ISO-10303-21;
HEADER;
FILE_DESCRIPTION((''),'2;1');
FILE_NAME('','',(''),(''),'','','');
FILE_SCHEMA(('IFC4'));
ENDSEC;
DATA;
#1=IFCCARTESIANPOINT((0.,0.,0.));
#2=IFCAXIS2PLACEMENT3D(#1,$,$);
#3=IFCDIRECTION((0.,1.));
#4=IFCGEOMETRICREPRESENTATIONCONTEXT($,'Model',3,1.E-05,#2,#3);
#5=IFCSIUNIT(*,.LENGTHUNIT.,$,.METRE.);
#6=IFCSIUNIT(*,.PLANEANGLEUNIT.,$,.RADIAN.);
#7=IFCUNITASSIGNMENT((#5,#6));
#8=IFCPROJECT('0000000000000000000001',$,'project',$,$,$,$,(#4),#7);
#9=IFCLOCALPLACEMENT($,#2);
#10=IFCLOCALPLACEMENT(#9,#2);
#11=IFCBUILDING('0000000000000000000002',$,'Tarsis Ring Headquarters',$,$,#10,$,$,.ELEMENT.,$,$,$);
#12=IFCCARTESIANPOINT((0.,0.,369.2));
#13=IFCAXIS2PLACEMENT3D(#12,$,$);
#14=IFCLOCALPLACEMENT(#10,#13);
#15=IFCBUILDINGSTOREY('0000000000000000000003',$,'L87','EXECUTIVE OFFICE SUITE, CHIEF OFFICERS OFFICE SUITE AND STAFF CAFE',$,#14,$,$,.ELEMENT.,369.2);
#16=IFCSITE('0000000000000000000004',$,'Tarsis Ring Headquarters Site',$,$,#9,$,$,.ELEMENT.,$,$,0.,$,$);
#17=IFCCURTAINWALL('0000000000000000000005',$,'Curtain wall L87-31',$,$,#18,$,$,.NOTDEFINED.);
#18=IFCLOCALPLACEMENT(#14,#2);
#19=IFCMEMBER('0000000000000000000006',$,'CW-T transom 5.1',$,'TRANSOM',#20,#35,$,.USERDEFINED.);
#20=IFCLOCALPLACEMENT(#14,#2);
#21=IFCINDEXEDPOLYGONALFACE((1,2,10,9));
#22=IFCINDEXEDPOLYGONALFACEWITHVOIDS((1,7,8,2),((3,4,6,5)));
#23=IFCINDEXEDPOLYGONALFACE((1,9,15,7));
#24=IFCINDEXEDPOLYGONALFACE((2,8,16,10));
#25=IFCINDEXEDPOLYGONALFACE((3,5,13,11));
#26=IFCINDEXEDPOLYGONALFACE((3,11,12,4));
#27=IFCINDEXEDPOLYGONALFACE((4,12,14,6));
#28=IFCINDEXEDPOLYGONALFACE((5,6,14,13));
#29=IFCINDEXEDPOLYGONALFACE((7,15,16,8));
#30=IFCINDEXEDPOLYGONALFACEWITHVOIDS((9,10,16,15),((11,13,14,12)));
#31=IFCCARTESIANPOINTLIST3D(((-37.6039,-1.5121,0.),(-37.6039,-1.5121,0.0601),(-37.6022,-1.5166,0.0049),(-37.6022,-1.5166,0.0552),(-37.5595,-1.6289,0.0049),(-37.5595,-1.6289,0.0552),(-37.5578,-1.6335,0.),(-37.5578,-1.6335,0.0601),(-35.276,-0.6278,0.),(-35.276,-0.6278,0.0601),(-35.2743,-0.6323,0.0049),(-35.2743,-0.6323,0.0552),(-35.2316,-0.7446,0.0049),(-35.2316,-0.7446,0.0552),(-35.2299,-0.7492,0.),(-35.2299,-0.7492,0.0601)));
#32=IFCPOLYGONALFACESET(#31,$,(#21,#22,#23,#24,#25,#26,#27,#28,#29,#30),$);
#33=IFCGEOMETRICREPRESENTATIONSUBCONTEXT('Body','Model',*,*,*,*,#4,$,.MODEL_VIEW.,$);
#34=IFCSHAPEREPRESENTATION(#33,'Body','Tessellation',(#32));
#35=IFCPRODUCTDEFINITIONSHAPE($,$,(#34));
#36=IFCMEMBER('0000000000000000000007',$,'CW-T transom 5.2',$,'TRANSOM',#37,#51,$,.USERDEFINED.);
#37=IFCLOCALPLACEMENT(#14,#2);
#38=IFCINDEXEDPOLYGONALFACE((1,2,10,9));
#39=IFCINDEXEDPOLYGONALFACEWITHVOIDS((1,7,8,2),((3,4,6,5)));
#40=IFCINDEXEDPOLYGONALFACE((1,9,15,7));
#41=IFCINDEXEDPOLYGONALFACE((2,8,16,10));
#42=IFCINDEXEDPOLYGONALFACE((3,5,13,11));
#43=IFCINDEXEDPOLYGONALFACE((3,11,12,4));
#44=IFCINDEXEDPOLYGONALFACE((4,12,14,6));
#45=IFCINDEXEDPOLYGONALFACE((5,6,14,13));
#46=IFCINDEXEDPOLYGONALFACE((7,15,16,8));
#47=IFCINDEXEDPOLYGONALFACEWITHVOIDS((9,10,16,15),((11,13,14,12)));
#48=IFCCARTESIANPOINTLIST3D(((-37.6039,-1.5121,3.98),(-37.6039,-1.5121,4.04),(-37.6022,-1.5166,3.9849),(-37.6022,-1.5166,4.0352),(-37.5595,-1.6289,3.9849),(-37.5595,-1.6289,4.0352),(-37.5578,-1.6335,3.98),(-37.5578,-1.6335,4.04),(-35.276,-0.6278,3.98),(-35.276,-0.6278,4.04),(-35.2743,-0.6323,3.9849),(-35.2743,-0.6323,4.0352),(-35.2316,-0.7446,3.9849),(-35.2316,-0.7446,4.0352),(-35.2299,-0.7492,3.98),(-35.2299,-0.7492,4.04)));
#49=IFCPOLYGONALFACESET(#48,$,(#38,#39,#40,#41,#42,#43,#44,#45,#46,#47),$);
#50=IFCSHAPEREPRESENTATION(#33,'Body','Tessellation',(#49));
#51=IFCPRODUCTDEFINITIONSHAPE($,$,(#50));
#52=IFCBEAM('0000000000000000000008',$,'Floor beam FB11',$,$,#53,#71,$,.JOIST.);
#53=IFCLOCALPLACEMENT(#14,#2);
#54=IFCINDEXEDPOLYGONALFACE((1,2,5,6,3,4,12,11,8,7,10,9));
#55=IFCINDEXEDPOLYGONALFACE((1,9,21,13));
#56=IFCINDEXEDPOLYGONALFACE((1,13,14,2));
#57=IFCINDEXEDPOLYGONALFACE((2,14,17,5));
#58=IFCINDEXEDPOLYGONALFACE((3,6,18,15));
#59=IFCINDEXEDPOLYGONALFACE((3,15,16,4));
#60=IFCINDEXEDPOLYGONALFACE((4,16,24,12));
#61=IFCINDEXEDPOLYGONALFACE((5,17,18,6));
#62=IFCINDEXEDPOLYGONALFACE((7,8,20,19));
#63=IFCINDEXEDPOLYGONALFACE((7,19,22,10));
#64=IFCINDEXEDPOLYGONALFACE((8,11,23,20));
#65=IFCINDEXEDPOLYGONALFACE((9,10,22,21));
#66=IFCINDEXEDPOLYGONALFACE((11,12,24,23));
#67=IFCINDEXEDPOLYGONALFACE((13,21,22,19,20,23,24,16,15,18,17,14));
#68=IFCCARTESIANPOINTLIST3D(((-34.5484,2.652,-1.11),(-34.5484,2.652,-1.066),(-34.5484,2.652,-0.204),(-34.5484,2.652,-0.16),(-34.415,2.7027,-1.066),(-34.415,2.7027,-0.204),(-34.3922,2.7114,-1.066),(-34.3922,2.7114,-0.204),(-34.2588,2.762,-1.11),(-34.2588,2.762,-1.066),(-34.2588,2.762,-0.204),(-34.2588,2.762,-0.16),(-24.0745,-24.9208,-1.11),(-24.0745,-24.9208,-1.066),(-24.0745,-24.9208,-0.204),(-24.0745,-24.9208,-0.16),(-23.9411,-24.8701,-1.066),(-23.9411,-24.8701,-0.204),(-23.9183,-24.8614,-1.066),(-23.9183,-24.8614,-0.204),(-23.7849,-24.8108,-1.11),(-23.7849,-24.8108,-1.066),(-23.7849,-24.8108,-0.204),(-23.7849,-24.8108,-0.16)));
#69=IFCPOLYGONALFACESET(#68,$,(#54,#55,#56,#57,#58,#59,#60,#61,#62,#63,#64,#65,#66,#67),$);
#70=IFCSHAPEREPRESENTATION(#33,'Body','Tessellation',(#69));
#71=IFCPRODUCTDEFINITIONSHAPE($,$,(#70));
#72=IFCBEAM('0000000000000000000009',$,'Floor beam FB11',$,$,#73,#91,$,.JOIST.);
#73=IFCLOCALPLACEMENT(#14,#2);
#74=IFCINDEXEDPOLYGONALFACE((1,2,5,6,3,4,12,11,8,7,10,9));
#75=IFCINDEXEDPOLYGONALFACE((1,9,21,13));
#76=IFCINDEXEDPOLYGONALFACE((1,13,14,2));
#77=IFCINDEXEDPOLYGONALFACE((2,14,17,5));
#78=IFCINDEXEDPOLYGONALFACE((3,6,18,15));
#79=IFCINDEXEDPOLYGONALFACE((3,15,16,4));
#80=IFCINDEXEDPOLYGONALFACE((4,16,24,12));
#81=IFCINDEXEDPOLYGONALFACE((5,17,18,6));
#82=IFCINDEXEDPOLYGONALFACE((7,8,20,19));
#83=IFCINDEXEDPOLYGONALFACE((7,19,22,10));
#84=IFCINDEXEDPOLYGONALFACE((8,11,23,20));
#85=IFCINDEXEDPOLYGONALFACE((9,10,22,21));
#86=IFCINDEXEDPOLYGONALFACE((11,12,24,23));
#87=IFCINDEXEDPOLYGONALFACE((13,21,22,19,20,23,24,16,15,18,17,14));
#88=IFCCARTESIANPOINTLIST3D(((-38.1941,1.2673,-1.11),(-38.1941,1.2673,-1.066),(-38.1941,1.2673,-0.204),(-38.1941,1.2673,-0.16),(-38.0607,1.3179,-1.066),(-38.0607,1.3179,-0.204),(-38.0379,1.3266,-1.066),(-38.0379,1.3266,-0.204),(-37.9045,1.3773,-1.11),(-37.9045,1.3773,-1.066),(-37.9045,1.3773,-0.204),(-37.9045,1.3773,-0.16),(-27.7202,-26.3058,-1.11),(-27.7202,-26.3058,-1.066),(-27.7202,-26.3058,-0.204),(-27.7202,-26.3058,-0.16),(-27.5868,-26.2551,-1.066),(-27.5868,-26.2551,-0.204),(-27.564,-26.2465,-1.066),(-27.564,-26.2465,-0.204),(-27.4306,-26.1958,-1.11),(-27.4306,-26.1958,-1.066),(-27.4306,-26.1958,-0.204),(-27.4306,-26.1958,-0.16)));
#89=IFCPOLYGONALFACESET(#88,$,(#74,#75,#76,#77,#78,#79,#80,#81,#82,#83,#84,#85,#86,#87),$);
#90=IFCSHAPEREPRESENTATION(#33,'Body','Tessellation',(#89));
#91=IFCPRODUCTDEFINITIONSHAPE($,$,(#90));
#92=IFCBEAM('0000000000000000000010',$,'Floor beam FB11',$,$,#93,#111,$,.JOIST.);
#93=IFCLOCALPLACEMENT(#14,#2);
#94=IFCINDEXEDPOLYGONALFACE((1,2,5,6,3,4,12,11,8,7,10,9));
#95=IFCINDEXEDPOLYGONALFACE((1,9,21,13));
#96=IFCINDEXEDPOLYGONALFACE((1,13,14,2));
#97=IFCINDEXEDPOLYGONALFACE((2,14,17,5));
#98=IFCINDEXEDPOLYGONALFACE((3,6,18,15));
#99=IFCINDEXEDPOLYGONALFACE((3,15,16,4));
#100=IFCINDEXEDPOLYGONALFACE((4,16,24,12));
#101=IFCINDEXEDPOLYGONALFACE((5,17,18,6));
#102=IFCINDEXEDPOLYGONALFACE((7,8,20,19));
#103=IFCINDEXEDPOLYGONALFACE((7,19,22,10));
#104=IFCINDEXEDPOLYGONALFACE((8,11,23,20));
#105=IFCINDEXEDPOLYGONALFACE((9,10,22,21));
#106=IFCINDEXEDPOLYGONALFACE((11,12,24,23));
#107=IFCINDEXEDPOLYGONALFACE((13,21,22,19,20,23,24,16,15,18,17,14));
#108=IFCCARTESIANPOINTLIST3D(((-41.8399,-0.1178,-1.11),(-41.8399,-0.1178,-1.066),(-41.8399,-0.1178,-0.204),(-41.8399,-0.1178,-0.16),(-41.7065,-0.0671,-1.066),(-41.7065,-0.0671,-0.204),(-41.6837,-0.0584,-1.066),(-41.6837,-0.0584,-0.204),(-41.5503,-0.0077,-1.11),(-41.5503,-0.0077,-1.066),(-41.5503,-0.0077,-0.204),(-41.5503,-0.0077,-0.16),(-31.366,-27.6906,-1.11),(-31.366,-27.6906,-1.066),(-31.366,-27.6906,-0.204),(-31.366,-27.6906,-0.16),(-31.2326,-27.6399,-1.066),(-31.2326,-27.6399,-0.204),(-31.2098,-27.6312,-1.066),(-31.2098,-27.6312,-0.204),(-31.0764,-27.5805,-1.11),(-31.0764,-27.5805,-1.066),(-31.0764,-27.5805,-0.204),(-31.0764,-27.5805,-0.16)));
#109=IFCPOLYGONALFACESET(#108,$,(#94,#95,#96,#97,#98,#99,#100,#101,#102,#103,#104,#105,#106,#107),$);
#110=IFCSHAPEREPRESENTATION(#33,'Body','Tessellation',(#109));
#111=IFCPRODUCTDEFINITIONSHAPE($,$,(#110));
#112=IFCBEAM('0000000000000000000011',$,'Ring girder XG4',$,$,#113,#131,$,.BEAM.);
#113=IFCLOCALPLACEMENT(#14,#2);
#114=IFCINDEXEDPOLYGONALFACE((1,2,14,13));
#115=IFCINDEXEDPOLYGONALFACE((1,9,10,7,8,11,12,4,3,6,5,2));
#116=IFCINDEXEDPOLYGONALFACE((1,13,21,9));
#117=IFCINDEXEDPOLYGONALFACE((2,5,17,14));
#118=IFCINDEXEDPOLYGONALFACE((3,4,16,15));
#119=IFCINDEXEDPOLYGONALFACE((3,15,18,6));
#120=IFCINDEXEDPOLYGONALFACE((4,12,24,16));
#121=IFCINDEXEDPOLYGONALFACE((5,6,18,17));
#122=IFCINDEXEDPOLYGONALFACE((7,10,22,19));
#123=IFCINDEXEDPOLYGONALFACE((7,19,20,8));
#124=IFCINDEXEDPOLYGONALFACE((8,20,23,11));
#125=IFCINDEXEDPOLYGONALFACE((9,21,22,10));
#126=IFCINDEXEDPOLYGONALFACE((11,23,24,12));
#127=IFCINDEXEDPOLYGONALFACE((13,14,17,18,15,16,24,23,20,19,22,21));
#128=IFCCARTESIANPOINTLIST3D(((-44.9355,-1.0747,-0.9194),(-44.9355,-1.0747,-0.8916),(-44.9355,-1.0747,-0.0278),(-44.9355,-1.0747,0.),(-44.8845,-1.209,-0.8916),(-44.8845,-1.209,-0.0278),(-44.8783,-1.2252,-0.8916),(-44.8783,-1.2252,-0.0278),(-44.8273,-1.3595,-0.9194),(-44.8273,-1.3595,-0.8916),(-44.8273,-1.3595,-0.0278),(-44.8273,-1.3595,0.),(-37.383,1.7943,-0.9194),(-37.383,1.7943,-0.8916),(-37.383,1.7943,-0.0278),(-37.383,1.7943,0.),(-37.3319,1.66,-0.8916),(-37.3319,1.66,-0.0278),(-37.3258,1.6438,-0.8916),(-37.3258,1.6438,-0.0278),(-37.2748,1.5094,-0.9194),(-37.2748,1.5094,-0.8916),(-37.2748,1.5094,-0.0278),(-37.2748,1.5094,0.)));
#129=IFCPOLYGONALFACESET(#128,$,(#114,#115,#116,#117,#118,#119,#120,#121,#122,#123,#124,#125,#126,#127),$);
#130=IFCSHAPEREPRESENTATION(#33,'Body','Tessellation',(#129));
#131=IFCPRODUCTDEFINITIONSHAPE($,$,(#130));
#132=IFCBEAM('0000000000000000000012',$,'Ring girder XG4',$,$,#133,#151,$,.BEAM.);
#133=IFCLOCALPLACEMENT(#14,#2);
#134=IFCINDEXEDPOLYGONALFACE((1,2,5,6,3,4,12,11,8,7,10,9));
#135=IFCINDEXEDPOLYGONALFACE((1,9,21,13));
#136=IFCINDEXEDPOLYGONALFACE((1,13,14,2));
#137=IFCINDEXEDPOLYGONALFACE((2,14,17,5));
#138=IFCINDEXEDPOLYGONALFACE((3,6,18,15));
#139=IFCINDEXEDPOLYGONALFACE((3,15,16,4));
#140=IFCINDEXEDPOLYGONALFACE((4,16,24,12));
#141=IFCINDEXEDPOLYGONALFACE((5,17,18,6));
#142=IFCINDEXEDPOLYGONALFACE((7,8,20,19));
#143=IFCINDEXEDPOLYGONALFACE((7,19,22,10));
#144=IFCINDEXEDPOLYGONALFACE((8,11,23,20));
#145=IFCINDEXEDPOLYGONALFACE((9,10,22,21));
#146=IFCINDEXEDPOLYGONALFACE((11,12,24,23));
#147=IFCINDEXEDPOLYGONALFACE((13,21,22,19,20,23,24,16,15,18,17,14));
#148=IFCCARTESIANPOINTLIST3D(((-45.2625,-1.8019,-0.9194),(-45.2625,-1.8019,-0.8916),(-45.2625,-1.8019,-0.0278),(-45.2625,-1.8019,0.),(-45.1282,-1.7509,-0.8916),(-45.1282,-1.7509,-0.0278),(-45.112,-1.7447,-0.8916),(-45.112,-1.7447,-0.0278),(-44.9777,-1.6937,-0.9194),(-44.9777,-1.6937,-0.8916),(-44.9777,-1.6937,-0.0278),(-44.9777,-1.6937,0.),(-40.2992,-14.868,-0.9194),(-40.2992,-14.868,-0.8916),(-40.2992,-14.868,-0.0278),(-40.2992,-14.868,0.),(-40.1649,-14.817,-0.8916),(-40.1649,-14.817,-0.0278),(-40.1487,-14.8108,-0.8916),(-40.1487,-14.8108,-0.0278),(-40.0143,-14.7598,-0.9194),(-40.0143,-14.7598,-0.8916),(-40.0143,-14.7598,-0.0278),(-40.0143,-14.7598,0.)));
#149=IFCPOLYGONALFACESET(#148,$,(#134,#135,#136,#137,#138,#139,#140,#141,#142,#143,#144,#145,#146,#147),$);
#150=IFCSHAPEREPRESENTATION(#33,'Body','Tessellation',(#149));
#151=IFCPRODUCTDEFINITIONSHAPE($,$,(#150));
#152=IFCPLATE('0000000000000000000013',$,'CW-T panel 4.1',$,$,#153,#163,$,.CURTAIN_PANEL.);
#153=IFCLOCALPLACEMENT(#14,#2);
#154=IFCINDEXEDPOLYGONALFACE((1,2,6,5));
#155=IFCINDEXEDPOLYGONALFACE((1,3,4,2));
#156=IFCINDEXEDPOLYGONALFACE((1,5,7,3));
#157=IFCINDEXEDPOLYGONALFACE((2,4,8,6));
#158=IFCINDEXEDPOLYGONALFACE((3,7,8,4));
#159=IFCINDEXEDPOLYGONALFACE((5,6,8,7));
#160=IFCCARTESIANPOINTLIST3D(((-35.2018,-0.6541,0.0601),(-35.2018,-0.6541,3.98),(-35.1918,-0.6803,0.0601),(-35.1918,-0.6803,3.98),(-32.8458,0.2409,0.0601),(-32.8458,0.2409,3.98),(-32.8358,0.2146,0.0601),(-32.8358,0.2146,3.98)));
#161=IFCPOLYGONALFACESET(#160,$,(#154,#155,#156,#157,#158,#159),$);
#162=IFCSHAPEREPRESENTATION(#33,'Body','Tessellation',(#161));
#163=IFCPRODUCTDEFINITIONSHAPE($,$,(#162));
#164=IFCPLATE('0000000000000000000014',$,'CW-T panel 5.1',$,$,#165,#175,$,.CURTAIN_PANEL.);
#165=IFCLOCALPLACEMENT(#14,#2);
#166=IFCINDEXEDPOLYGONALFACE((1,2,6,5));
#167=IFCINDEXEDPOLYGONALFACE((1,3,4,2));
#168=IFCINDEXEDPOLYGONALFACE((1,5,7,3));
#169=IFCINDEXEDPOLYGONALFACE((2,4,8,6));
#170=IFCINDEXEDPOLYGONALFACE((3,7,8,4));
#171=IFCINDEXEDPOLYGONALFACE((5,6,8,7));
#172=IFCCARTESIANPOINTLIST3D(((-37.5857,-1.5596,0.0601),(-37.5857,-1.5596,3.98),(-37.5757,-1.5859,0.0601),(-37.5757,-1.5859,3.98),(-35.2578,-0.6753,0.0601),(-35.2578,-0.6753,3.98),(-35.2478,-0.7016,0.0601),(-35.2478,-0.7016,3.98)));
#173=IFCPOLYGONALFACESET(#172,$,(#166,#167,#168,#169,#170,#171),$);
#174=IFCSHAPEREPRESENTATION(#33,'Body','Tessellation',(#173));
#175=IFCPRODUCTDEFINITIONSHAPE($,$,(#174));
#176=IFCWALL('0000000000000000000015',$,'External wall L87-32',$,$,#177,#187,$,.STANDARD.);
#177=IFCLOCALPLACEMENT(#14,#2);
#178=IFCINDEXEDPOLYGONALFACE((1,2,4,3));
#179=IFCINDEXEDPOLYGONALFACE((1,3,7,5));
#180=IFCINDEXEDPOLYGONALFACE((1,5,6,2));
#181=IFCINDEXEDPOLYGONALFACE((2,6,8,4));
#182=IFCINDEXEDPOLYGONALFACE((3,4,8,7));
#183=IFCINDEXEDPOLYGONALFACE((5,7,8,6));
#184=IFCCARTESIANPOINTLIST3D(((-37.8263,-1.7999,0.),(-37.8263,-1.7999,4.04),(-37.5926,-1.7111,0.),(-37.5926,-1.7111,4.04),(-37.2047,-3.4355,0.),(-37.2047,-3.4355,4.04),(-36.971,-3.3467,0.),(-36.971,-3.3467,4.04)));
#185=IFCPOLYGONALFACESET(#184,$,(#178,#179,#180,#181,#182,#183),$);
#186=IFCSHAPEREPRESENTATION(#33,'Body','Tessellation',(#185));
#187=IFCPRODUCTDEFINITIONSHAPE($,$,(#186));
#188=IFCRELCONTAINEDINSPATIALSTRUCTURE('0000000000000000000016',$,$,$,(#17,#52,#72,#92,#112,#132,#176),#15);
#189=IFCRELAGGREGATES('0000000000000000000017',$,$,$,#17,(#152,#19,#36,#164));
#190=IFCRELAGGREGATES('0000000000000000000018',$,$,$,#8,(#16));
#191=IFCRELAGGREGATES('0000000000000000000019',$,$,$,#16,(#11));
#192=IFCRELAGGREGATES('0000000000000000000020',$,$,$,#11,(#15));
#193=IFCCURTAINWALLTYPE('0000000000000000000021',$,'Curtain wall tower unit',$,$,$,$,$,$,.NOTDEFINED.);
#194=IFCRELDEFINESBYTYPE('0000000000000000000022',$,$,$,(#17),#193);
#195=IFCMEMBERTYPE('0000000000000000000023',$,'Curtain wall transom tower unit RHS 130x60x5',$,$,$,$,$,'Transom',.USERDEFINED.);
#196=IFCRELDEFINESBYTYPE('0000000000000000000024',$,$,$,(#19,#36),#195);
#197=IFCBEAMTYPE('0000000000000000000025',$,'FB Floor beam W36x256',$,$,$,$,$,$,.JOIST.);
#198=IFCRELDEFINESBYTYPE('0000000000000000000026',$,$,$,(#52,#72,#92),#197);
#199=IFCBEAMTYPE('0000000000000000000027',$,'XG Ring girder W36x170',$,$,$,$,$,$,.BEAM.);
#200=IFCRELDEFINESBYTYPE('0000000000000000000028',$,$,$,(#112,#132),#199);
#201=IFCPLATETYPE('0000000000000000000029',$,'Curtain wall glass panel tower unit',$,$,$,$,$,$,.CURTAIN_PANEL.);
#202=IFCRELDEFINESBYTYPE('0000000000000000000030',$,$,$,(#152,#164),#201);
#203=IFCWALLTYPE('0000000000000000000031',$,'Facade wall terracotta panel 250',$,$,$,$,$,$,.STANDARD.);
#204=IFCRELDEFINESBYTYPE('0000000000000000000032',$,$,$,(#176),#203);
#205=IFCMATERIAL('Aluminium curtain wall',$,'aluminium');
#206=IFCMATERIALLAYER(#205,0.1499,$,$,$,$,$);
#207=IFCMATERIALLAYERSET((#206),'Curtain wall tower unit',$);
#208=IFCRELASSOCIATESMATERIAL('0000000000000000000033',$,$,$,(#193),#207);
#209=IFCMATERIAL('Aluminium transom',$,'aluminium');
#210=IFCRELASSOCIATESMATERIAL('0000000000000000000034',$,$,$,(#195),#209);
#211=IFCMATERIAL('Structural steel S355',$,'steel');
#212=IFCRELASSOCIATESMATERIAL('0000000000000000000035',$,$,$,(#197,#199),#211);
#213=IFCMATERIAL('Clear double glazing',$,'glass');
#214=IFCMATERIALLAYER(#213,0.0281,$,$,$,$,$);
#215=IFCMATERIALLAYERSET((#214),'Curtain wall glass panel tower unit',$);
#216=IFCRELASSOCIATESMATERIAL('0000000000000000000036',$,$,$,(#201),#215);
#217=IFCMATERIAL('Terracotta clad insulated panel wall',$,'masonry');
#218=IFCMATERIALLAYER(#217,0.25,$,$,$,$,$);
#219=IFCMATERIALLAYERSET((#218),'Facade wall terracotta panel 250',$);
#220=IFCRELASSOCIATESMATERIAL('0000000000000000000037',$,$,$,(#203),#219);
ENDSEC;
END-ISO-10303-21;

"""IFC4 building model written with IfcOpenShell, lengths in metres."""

from ifc_helpers import new_model, si_unit, direction, frame, frame_2d, origin, origin_2d, place, context, subcontext, project, spatial, rectangle, hollow_rectangle, i_section, extrude, material, layer, layer_set, material_profile, profile_set, type_object, element, aggregate, save


model = new_model("IFC4")

# Units and contexts
model_context = context("Model", 3, precision=1e-05, world=origin(), true_north=direction((0.0, 1.0)))
body_context = subcontext(model_context, "Body", "Model", "MODEL_VIEW")
ifc_project = project(units=[si_unit("LENGTHUNIT", "METRE"), si_unit("PLANEANGLEUNIT", "RADIAN")], contexts=[model_context])

# Site, building, storey
site_placement = place(None, origin())
site = spatial("IfcSite", under=ifc_project, at=site_placement, Name="Tarsis Ring Headquarters Site", CompositionType="ELEMENT", RefElevation=0.0)
building_placement = place(site_placement, origin())
building = spatial("IfcBuilding", under=site, at=building_placement, Name="Tarsis Ring Headquarters", CompositionType="ELEMENT")
storey_placement = place(building_placement, frame((0.0, 0.0, 369.2)))
storey = spatial("IfcBuildingStorey", under=building, at=storey_placement, Name="L87", Description="EXECUTIVE OFFICE SUITE, CHIEF OFFICERS OFFICE SUITE AND STAFF CAFE", CompositionType="ELEMENT", Elevation=369.2)

# Shared definitions
ifc_material_1 = material(Name="Structural steel S355", Category="steel")

# Curtain wall, members
ifc_material_2 = material(Name="Aluminium curtain wall", Category="aluminium")
ifc_layer_1 = layer(ifc_material_2, 0.1499)
ifc_layer_set_1 = layer_set([ifc_layer_1], Name="Curtain wall tower unit")
curtain_wall_type = type_object("IfcCurtainWallType", Name="Curtain wall tower unit", PredefinedType="NOTDEFINED", material=ifc_layer_set_1)
curtain_wall_placement = place(storey_placement, origin())
curtain_wall = element("IfcCurtainWall", 1, at=curtain_wall_placement, inside=storey, type_object=curtain_wall_type, Name="Curtain wall L87-31", PredefinedType="NOTDEFINED")
ifc_material_3 = material(Name="Aluminium transom", Category="aluminium")
ifc_material_profile_1 = material_profile(ifc_material_3, hollow_rectangle(XDim=0.1299, YDim=0.0601, WallThickness=0.0049, at=origin_2d()), Name="RHS 130x60x5")
ifc_profile_set_1 = profile_set([ifc_material_profile_1], Name="Aluminium transom")
member_type_1 = type_object("IfcMemberType", Name="Curtain wall transom tower unit RHS 130x60x5", ElementType="Transom", PredefinedType="USERDEFINED", material=ifc_profile_set_1)
member_1_placement = place(storey_placement, frame((-35.2529, -0.6885, 0.03), z_axis=(-0.934826, -0.355106, 0.0), x_axis=(0.355106, -0.934826, 0.0)))
member_1 = element("IfcMember", 2, at=member_1_placement, type_object=member_type_1, Name="CW-T transom 5.1", ObjectType="TRANSOM", PredefinedType="USERDEFINED", context=body_context, shape_type="SweptSolid", body=[
    extrude(hollow_rectangle(XDim=0.1299, YDim=0.0601, WallThickness=0.0049, at=origin_2d()), origin(), (0.0, 0.0, 1.0), 2.4902),
])
member_2_placement = place(storey_placement, frame((-35.2529, -0.6885, 4.01), z_axis=(-0.934826, -0.355106, 0.0), x_axis=(0.355106, -0.934826, 0.0)))
member_2 = element("IfcMember", 3, at=member_2_placement, type_object=member_type_1, Name="CW-T transom 5.2", ObjectType="TRANSOM", PredefinedType="USERDEFINED", context=body_context, shape_type="SweptSolid", body=[
    extrude(hollow_rectangle(XDim=0.1299, YDim=0.0601, WallThickness=0.0049, at=origin_2d()), origin(), (0.0, 0.0, 1.0), 2.4902),
])

# Beams
ifc_material_profile_2 = material_profile(ifc_material_1, i_section(OverallWidth=0.3098, OverallDepth=0.95, WebThickness=0.0244, FlangeThickness=0.0439, at=origin_2d()), Name="W36x256")
ifc_profile_set_2 = profile_set([ifc_material_profile_2], Name="Structural steel S355")
beam_type_1 = type_object("IfcBeamType", Name="FB Floor beam W36x256", PredefinedType="JOIST", material=ifc_profile_set_2)
beam_1_placement = place(storey_placement, frame((-34.4036, 2.707, -0.635), z_axis=(0.355106, -0.934826, 0.0), x_axis=(0.934826, 0.355106, 0.0)))
element("IfcBeam", 4, at=beam_1_placement, inside=storey, type_object=beam_type_1, Name="Floor beam FB11", PredefinedType="JOIST", context=body_context, shape_type="SweptSolid", body=[
    extrude(i_section(OverallWidth=0.3098, OverallDepth=0.95, WebThickness=0.0244, FlangeThickness=0.0439, at=origin_2d()), origin(), (0.0, 0.0, 1.0), 29.4951),
])
beam_2_placement = place(storey_placement, frame((-38.0493, 1.3223, -0.635), z_axis=(0.355103, -0.934827, 0.0), x_axis=(0.934827, 0.355103, 0.0)))
element("IfcBeam", 5, at=beam_2_placement, inside=storey, type_object=beam_type_1, Name="Floor beam FB11", PredefinedType="JOIST", context=body_context, shape_type="SweptSolid", body=[
    extrude(i_section(OverallWidth=0.3098, OverallDepth=0.95, WebThickness=0.0244, FlangeThickness=0.0439, at=origin_2d()), origin(), (0.0, 0.0, 1.0), 29.4954),
])
beam_3_placement = place(storey_placement, frame((-41.6951, -0.0627, -0.635), z_axis=(0.355106, -0.934826, 0.0), x_axis=(0.934826, 0.355106, 0.0)))
element("IfcBeam", 6, at=beam_3_placement, inside=storey, type_object=beam_type_1, Name="Floor beam FB11", PredefinedType="JOIST", context=body_context, shape_type="SweptSolid", body=[
    extrude(i_section(OverallWidth=0.3098, OverallDepth=0.95, WebThickness=0.0244, FlangeThickness=0.0439, at=origin_2d()), origin(), (0.0, 0.0, 1.0), 29.4951),
])
ifc_material_profile_3 = material_profile(ifc_material_1, i_section(OverallWidth=0.3047, OverallDepth=0.9194, WebThickness=0.0173, FlangeThickness=0.0278, at=origin_2d()), Name="W36x170")
ifc_profile_set_3 = profile_set([ifc_material_profile_3], Name="Structural steel S355")
beam_type_2 = type_object("IfcBeamType", Name="XG Ring girder W36x170", PredefinedType="BEAM", material=ifc_profile_set_3)
beam_4_placement = place(storey_placement, frame((-37.3289, 1.6519, -0.4597), z_axis=(-0.934827, -0.355104, 0.0), x_axis=(0.355104, -0.934827, 0.0)))
element("IfcBeam", 7, at=beam_4_placement, inside=storey, type_object=beam_type_2, Name="Ring girder XG4", PredefinedType="BEAM", context=body_context, shape_type="SweptSolid", body=[
    extrude(i_section(OverallWidth=0.3047, OverallDepth=0.9194, WebThickness=0.0173, FlangeThickness=0.0278, at=origin_2d()), origin(), (0.0, 0.0, 1.0), 8.0791),
])
beam_5_placement = place(storey_placement, frame((-45.1201, -1.7478, -0.4597), z_axis=(0.355108, -0.934825, 0.0), x_axis=(0.934825, 0.355108, 0.0)))
element("IfcBeam", 8, at=beam_5_placement, inside=storey, type_object=beam_type_2, Name="Ring girder XG4", PredefinedType="BEAM", context=body_context, shape_type="SweptSolid", body=[
    extrude(i_section(OverallWidth=0.3047, OverallDepth=0.9194, WebThickness=0.0173, FlangeThickness=0.0278, at=origin_2d()), origin(), (0.0, 0.0, 1.0), 13.9771),
])

# Plates
ifc_material_4 = material(Name="Clear double glazing", Category="glass")
ifc_layer_2 = layer(ifc_material_4, 0.0281)
ifc_layer_set_2 = layer_set([ifc_layer_2], Name="Curtain wall glass panel tower unit")
plate_type = type_object("IfcPlateType", Name="Curtain wall glass panel tower unit", PredefinedType="CURTAIN_PANEL", material=ifc_layer_set_2)
plate_1_placement = place(storey_placement, frame((-34.0188, -0.2197, 0.0601), z_axis=(0.0, 0.0, 1.0), x_axis=(-0.934826, -0.355107, 0.0)))
plate_1 = element("IfcPlate", 9, at=plate_1_placement, type_object=plate_type, Name="CW-T panel 4.1", PredefinedType="CURTAIN_PANEL", context=body_context, shape_type="SweptSolid", body=[
    extrude(rectangle(XDim=2.5203, YDim=0.0281, at=origin_2d()), origin(), (0.0, 0.0, 1.0), 3.9199),
])
plate_2_placement = place(storey_placement, frame((-36.4167, -1.1306, 0.0601), z_axis=(0.0, 0.0, 1.0), x_axis=(-0.934826, -0.355107, 0.0)))
plate_2 = element("IfcPlate", 10, at=plate_2_placement, type_object=plate_type, Name="CW-T panel 5.1", PredefinedType="CURTAIN_PANEL", context=body_context, shape_type="SweptSolid", body=[
    extrude(rectangle(XDim=2.4902, YDim=0.0281, at=origin_2d()), origin(), (0.0, 0.0, 1.0), 3.9199),
])
aggregate(curtain_wall, [plate_1, member_1, member_2, plate_2])

# Wall
ifc_material_5 = material(Name="Terracotta clad insulated panel wall", Category="masonry")
ifc_layer_3 = layer(ifc_material_5, 0.25)
ifc_layer_set_3 = layer_set([ifc_layer_3], Name="Facade wall terracotta panel 250")
wall_type = type_object("IfcWallType", Name="Facade wall terracotta panel 250", PredefinedType="STANDARD", material=ifc_layer_set_3)
wall_1_placement = place(storey_placement, frame((-37.7095, -1.7554, 0.0), z_axis=(0.0, 0.0, 1.0), x_axis=(0.355218, -0.934784, 0.0)))
element("IfcWall", 11, at=wall_1_placement, inside=storey, type_object=wall_type, Name="External wall L87-32", PredefinedType="STANDARD", context=body_context, shape_type="SweptSolid", body=[
    extrude(rectangle(XDim=1.7498, YDim=0.25, at=frame_2d((0.875, 0.0))), origin(), (0.0, 0.0, 1.0), 4.04),
])

save(model, "model.ifc")
